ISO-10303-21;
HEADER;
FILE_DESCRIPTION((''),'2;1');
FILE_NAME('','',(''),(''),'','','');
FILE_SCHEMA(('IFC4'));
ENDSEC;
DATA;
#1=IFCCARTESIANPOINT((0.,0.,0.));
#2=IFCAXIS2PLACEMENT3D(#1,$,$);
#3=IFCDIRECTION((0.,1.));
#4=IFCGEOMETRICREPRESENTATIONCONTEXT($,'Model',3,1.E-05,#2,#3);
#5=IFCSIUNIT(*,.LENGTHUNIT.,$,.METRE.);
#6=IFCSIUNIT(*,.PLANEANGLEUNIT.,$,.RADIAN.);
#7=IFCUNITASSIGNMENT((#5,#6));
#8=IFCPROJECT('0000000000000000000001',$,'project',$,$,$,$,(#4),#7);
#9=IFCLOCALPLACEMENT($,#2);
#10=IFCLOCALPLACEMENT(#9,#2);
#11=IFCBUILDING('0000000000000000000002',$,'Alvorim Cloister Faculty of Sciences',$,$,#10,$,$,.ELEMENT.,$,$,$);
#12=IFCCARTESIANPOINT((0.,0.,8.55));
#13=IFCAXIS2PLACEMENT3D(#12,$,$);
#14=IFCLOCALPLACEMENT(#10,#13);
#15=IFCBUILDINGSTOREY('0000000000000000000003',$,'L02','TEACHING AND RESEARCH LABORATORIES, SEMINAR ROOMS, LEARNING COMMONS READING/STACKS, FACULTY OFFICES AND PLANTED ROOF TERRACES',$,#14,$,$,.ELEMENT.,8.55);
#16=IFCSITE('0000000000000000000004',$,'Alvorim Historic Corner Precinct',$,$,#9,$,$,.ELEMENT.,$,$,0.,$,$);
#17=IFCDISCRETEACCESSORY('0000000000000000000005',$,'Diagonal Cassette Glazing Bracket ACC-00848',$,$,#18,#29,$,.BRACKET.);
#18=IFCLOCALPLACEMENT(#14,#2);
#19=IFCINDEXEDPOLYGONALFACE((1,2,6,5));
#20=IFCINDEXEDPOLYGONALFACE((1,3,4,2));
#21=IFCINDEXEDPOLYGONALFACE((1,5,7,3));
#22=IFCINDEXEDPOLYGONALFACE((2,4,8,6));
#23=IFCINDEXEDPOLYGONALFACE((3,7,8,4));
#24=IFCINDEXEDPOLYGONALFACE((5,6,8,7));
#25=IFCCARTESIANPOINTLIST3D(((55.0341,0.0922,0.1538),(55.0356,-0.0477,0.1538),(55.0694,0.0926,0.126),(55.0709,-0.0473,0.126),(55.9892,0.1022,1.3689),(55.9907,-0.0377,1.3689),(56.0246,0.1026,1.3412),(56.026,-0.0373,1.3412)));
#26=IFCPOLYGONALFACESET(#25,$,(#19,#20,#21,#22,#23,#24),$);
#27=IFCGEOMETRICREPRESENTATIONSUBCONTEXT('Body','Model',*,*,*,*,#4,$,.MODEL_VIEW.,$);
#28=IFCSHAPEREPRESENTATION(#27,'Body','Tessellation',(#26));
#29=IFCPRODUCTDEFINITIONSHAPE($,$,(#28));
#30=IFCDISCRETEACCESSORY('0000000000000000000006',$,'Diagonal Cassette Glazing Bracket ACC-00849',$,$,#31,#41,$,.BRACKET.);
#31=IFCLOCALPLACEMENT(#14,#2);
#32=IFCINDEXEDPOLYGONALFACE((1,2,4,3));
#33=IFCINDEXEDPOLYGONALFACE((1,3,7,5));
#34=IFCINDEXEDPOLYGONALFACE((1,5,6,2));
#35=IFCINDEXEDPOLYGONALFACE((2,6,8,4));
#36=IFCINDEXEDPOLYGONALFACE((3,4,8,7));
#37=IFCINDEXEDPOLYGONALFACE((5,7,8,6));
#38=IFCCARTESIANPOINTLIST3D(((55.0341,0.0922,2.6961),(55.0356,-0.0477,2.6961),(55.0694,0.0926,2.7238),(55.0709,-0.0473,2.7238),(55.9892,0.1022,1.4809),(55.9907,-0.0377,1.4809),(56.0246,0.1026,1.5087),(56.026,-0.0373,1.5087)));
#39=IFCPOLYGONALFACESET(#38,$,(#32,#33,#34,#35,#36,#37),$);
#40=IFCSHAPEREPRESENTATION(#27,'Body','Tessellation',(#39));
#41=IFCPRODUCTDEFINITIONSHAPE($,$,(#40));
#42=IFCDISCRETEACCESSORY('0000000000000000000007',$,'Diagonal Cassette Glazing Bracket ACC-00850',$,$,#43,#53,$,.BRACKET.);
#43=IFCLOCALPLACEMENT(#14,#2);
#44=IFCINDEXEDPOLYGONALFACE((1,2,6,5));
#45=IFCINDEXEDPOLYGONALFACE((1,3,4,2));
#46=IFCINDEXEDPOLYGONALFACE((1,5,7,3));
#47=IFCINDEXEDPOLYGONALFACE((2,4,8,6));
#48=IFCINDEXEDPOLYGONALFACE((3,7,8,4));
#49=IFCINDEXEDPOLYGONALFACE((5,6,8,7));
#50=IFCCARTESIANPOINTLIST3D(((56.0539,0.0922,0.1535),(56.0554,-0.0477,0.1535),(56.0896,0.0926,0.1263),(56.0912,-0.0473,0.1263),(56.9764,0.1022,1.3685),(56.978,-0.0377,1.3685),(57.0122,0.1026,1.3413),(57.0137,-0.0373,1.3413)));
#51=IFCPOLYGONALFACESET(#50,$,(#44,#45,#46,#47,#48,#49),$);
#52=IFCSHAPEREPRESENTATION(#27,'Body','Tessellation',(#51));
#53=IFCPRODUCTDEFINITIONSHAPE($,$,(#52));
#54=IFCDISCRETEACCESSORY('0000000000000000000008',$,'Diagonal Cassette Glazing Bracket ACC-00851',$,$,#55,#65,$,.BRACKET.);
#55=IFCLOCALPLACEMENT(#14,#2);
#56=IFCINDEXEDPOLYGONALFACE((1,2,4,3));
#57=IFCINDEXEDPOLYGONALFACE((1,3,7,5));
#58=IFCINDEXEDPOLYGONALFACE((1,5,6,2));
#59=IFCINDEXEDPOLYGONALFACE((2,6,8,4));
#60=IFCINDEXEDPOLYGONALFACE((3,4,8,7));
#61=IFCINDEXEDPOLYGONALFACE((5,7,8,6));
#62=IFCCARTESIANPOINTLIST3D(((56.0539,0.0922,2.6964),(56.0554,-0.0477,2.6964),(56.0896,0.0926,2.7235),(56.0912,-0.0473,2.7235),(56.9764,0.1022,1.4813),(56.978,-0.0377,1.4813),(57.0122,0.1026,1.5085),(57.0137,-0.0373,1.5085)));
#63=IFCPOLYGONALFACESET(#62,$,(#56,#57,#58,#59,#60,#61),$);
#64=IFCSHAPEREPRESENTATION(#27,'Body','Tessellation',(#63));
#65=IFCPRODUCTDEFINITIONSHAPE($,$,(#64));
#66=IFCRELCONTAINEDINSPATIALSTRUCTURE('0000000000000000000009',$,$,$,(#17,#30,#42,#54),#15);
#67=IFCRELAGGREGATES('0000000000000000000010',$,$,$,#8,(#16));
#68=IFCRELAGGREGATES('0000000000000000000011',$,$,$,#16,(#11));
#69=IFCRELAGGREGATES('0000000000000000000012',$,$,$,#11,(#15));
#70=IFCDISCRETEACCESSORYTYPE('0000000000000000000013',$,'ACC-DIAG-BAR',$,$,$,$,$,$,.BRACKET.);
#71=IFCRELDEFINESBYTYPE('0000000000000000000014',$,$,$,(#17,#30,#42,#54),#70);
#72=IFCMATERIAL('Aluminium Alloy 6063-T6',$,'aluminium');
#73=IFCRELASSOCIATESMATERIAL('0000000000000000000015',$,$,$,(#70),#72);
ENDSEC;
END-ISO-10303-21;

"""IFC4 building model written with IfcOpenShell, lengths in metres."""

from ifc_helpers import new_model, si_unit, direction, frame, origin, origin_2d, place, context, subcontext, project, spatial, rectangle, extrude, material, type_object, element, save


model = new_model("IFC4")

# Units and contexts
model_context = context("Model", 3, precision=1e-05, world=origin(), true_north=direction((0.0, 1.0)))
body_context = subcontext(model_context, "Body", "Model", "MODEL_VIEW")
ifc_project = project(units=[si_unit("LENGTHUNIT", "METRE"), si_unit("PLANEANGLEUNIT", "RADIAN")], contexts=[model_context])

# Site, building, storey
site_placement = place(None, origin())
site = spatial("IfcSite", under=ifc_project, at=site_placement, Name="Alvorim Historic Corner Precinct", CompositionType="ELEMENT", RefElevation=0.0)
building_placement = place(site_placement, origin())
building = spatial("IfcBuilding", under=site, at=building_placement, Name="Alvorim Cloister Faculty of Sciences", CompositionType="ELEMENT")
storey_placement = place(building_placement, frame((0.0, 0.0, 8.55)))
storey = spatial("IfcBuildingStorey", under=building, at=storey_placement, Name="L02", Description="TEACHING AND RESEARCH LABORATORIES, SEMINAR ROOMS, LEARNING COMMONS READING/STACKS, FACULTY OFFICES AND PLANTED ROOF TERRACES", CompositionType="ELEMENT", Elevation=8.55)

# Shared definitions
ifc_material_1 = material(Name="Aluminium Alloy 6063-T6", Category="aluminium")

# Discrete accessories
discrete_accessory_type = type_object("IfcDiscreteAccessoryType", Name="ACC-DIAG-BAR", PredefinedType="BRACKET", material=ifc_material_1)
for number, where, z_axis, x_axis, name in (
    (1, (55.0525, 0.0225, 0.1399), (0.617955, 0.006477, 0.786187), (-0.01048, 0.999945, 0.0), "Diagonal Cassette Glazing Bracket ACC-00848"),
    (2, (55.0525, 0.0225, 2.71), (0.617955, 0.006477, -0.786187), (-0.01048, 0.999945, 0.0), "Diagonal Cassette Glazing Bracket ACC-00849"),
):
    element("IfcDiscreteAccessory", number, at=place(storey_placement, frame(where, z_axis=z_axis, x_axis=x_axis)), inside=storey, type_object=discrete_accessory_type, Name=name, PredefinedType="BRACKET", context=body_context, shape_type="SweptSolid", body=[
        extrude(rectangle(XDim=0.1399, YDim=0.0449, at=origin_2d()), origin(), (0.0, 0.0, 1.0), 1.5457),
    ])
for number, where, z_axis, x_axis, name in (
    (3, (56.0725, 0.0225, 0.1399), (0.604713, 0.006561, 0.796416), (-0.010849, 0.999941, 0.0), "Diagonal Cassette Glazing Bracket ACC-00850"),
    (4, (56.0725, 0.0225, 2.71), (0.604713, 0.006561, -0.796416), (-0.010849, 0.999941, 0.0), "Diagonal Cassette Glazing Bracket ACC-00851"),
):
    element("IfcDiscreteAccessory", number, at=place(storey_placement, frame(where, z_axis=z_axis, x_axis=x_axis)), inside=storey, type_object=discrete_accessory_type, Name=name, PredefinedType="BRACKET", context=body_context, shape_type="SweptSolid", body=[
        extrude(rectangle(XDim=0.1399, YDim=0.0449, at=origin_2d()), origin(), (0.0, 0.0, 1.0), 1.5256),
    ])

save(model, "model.ifc")
